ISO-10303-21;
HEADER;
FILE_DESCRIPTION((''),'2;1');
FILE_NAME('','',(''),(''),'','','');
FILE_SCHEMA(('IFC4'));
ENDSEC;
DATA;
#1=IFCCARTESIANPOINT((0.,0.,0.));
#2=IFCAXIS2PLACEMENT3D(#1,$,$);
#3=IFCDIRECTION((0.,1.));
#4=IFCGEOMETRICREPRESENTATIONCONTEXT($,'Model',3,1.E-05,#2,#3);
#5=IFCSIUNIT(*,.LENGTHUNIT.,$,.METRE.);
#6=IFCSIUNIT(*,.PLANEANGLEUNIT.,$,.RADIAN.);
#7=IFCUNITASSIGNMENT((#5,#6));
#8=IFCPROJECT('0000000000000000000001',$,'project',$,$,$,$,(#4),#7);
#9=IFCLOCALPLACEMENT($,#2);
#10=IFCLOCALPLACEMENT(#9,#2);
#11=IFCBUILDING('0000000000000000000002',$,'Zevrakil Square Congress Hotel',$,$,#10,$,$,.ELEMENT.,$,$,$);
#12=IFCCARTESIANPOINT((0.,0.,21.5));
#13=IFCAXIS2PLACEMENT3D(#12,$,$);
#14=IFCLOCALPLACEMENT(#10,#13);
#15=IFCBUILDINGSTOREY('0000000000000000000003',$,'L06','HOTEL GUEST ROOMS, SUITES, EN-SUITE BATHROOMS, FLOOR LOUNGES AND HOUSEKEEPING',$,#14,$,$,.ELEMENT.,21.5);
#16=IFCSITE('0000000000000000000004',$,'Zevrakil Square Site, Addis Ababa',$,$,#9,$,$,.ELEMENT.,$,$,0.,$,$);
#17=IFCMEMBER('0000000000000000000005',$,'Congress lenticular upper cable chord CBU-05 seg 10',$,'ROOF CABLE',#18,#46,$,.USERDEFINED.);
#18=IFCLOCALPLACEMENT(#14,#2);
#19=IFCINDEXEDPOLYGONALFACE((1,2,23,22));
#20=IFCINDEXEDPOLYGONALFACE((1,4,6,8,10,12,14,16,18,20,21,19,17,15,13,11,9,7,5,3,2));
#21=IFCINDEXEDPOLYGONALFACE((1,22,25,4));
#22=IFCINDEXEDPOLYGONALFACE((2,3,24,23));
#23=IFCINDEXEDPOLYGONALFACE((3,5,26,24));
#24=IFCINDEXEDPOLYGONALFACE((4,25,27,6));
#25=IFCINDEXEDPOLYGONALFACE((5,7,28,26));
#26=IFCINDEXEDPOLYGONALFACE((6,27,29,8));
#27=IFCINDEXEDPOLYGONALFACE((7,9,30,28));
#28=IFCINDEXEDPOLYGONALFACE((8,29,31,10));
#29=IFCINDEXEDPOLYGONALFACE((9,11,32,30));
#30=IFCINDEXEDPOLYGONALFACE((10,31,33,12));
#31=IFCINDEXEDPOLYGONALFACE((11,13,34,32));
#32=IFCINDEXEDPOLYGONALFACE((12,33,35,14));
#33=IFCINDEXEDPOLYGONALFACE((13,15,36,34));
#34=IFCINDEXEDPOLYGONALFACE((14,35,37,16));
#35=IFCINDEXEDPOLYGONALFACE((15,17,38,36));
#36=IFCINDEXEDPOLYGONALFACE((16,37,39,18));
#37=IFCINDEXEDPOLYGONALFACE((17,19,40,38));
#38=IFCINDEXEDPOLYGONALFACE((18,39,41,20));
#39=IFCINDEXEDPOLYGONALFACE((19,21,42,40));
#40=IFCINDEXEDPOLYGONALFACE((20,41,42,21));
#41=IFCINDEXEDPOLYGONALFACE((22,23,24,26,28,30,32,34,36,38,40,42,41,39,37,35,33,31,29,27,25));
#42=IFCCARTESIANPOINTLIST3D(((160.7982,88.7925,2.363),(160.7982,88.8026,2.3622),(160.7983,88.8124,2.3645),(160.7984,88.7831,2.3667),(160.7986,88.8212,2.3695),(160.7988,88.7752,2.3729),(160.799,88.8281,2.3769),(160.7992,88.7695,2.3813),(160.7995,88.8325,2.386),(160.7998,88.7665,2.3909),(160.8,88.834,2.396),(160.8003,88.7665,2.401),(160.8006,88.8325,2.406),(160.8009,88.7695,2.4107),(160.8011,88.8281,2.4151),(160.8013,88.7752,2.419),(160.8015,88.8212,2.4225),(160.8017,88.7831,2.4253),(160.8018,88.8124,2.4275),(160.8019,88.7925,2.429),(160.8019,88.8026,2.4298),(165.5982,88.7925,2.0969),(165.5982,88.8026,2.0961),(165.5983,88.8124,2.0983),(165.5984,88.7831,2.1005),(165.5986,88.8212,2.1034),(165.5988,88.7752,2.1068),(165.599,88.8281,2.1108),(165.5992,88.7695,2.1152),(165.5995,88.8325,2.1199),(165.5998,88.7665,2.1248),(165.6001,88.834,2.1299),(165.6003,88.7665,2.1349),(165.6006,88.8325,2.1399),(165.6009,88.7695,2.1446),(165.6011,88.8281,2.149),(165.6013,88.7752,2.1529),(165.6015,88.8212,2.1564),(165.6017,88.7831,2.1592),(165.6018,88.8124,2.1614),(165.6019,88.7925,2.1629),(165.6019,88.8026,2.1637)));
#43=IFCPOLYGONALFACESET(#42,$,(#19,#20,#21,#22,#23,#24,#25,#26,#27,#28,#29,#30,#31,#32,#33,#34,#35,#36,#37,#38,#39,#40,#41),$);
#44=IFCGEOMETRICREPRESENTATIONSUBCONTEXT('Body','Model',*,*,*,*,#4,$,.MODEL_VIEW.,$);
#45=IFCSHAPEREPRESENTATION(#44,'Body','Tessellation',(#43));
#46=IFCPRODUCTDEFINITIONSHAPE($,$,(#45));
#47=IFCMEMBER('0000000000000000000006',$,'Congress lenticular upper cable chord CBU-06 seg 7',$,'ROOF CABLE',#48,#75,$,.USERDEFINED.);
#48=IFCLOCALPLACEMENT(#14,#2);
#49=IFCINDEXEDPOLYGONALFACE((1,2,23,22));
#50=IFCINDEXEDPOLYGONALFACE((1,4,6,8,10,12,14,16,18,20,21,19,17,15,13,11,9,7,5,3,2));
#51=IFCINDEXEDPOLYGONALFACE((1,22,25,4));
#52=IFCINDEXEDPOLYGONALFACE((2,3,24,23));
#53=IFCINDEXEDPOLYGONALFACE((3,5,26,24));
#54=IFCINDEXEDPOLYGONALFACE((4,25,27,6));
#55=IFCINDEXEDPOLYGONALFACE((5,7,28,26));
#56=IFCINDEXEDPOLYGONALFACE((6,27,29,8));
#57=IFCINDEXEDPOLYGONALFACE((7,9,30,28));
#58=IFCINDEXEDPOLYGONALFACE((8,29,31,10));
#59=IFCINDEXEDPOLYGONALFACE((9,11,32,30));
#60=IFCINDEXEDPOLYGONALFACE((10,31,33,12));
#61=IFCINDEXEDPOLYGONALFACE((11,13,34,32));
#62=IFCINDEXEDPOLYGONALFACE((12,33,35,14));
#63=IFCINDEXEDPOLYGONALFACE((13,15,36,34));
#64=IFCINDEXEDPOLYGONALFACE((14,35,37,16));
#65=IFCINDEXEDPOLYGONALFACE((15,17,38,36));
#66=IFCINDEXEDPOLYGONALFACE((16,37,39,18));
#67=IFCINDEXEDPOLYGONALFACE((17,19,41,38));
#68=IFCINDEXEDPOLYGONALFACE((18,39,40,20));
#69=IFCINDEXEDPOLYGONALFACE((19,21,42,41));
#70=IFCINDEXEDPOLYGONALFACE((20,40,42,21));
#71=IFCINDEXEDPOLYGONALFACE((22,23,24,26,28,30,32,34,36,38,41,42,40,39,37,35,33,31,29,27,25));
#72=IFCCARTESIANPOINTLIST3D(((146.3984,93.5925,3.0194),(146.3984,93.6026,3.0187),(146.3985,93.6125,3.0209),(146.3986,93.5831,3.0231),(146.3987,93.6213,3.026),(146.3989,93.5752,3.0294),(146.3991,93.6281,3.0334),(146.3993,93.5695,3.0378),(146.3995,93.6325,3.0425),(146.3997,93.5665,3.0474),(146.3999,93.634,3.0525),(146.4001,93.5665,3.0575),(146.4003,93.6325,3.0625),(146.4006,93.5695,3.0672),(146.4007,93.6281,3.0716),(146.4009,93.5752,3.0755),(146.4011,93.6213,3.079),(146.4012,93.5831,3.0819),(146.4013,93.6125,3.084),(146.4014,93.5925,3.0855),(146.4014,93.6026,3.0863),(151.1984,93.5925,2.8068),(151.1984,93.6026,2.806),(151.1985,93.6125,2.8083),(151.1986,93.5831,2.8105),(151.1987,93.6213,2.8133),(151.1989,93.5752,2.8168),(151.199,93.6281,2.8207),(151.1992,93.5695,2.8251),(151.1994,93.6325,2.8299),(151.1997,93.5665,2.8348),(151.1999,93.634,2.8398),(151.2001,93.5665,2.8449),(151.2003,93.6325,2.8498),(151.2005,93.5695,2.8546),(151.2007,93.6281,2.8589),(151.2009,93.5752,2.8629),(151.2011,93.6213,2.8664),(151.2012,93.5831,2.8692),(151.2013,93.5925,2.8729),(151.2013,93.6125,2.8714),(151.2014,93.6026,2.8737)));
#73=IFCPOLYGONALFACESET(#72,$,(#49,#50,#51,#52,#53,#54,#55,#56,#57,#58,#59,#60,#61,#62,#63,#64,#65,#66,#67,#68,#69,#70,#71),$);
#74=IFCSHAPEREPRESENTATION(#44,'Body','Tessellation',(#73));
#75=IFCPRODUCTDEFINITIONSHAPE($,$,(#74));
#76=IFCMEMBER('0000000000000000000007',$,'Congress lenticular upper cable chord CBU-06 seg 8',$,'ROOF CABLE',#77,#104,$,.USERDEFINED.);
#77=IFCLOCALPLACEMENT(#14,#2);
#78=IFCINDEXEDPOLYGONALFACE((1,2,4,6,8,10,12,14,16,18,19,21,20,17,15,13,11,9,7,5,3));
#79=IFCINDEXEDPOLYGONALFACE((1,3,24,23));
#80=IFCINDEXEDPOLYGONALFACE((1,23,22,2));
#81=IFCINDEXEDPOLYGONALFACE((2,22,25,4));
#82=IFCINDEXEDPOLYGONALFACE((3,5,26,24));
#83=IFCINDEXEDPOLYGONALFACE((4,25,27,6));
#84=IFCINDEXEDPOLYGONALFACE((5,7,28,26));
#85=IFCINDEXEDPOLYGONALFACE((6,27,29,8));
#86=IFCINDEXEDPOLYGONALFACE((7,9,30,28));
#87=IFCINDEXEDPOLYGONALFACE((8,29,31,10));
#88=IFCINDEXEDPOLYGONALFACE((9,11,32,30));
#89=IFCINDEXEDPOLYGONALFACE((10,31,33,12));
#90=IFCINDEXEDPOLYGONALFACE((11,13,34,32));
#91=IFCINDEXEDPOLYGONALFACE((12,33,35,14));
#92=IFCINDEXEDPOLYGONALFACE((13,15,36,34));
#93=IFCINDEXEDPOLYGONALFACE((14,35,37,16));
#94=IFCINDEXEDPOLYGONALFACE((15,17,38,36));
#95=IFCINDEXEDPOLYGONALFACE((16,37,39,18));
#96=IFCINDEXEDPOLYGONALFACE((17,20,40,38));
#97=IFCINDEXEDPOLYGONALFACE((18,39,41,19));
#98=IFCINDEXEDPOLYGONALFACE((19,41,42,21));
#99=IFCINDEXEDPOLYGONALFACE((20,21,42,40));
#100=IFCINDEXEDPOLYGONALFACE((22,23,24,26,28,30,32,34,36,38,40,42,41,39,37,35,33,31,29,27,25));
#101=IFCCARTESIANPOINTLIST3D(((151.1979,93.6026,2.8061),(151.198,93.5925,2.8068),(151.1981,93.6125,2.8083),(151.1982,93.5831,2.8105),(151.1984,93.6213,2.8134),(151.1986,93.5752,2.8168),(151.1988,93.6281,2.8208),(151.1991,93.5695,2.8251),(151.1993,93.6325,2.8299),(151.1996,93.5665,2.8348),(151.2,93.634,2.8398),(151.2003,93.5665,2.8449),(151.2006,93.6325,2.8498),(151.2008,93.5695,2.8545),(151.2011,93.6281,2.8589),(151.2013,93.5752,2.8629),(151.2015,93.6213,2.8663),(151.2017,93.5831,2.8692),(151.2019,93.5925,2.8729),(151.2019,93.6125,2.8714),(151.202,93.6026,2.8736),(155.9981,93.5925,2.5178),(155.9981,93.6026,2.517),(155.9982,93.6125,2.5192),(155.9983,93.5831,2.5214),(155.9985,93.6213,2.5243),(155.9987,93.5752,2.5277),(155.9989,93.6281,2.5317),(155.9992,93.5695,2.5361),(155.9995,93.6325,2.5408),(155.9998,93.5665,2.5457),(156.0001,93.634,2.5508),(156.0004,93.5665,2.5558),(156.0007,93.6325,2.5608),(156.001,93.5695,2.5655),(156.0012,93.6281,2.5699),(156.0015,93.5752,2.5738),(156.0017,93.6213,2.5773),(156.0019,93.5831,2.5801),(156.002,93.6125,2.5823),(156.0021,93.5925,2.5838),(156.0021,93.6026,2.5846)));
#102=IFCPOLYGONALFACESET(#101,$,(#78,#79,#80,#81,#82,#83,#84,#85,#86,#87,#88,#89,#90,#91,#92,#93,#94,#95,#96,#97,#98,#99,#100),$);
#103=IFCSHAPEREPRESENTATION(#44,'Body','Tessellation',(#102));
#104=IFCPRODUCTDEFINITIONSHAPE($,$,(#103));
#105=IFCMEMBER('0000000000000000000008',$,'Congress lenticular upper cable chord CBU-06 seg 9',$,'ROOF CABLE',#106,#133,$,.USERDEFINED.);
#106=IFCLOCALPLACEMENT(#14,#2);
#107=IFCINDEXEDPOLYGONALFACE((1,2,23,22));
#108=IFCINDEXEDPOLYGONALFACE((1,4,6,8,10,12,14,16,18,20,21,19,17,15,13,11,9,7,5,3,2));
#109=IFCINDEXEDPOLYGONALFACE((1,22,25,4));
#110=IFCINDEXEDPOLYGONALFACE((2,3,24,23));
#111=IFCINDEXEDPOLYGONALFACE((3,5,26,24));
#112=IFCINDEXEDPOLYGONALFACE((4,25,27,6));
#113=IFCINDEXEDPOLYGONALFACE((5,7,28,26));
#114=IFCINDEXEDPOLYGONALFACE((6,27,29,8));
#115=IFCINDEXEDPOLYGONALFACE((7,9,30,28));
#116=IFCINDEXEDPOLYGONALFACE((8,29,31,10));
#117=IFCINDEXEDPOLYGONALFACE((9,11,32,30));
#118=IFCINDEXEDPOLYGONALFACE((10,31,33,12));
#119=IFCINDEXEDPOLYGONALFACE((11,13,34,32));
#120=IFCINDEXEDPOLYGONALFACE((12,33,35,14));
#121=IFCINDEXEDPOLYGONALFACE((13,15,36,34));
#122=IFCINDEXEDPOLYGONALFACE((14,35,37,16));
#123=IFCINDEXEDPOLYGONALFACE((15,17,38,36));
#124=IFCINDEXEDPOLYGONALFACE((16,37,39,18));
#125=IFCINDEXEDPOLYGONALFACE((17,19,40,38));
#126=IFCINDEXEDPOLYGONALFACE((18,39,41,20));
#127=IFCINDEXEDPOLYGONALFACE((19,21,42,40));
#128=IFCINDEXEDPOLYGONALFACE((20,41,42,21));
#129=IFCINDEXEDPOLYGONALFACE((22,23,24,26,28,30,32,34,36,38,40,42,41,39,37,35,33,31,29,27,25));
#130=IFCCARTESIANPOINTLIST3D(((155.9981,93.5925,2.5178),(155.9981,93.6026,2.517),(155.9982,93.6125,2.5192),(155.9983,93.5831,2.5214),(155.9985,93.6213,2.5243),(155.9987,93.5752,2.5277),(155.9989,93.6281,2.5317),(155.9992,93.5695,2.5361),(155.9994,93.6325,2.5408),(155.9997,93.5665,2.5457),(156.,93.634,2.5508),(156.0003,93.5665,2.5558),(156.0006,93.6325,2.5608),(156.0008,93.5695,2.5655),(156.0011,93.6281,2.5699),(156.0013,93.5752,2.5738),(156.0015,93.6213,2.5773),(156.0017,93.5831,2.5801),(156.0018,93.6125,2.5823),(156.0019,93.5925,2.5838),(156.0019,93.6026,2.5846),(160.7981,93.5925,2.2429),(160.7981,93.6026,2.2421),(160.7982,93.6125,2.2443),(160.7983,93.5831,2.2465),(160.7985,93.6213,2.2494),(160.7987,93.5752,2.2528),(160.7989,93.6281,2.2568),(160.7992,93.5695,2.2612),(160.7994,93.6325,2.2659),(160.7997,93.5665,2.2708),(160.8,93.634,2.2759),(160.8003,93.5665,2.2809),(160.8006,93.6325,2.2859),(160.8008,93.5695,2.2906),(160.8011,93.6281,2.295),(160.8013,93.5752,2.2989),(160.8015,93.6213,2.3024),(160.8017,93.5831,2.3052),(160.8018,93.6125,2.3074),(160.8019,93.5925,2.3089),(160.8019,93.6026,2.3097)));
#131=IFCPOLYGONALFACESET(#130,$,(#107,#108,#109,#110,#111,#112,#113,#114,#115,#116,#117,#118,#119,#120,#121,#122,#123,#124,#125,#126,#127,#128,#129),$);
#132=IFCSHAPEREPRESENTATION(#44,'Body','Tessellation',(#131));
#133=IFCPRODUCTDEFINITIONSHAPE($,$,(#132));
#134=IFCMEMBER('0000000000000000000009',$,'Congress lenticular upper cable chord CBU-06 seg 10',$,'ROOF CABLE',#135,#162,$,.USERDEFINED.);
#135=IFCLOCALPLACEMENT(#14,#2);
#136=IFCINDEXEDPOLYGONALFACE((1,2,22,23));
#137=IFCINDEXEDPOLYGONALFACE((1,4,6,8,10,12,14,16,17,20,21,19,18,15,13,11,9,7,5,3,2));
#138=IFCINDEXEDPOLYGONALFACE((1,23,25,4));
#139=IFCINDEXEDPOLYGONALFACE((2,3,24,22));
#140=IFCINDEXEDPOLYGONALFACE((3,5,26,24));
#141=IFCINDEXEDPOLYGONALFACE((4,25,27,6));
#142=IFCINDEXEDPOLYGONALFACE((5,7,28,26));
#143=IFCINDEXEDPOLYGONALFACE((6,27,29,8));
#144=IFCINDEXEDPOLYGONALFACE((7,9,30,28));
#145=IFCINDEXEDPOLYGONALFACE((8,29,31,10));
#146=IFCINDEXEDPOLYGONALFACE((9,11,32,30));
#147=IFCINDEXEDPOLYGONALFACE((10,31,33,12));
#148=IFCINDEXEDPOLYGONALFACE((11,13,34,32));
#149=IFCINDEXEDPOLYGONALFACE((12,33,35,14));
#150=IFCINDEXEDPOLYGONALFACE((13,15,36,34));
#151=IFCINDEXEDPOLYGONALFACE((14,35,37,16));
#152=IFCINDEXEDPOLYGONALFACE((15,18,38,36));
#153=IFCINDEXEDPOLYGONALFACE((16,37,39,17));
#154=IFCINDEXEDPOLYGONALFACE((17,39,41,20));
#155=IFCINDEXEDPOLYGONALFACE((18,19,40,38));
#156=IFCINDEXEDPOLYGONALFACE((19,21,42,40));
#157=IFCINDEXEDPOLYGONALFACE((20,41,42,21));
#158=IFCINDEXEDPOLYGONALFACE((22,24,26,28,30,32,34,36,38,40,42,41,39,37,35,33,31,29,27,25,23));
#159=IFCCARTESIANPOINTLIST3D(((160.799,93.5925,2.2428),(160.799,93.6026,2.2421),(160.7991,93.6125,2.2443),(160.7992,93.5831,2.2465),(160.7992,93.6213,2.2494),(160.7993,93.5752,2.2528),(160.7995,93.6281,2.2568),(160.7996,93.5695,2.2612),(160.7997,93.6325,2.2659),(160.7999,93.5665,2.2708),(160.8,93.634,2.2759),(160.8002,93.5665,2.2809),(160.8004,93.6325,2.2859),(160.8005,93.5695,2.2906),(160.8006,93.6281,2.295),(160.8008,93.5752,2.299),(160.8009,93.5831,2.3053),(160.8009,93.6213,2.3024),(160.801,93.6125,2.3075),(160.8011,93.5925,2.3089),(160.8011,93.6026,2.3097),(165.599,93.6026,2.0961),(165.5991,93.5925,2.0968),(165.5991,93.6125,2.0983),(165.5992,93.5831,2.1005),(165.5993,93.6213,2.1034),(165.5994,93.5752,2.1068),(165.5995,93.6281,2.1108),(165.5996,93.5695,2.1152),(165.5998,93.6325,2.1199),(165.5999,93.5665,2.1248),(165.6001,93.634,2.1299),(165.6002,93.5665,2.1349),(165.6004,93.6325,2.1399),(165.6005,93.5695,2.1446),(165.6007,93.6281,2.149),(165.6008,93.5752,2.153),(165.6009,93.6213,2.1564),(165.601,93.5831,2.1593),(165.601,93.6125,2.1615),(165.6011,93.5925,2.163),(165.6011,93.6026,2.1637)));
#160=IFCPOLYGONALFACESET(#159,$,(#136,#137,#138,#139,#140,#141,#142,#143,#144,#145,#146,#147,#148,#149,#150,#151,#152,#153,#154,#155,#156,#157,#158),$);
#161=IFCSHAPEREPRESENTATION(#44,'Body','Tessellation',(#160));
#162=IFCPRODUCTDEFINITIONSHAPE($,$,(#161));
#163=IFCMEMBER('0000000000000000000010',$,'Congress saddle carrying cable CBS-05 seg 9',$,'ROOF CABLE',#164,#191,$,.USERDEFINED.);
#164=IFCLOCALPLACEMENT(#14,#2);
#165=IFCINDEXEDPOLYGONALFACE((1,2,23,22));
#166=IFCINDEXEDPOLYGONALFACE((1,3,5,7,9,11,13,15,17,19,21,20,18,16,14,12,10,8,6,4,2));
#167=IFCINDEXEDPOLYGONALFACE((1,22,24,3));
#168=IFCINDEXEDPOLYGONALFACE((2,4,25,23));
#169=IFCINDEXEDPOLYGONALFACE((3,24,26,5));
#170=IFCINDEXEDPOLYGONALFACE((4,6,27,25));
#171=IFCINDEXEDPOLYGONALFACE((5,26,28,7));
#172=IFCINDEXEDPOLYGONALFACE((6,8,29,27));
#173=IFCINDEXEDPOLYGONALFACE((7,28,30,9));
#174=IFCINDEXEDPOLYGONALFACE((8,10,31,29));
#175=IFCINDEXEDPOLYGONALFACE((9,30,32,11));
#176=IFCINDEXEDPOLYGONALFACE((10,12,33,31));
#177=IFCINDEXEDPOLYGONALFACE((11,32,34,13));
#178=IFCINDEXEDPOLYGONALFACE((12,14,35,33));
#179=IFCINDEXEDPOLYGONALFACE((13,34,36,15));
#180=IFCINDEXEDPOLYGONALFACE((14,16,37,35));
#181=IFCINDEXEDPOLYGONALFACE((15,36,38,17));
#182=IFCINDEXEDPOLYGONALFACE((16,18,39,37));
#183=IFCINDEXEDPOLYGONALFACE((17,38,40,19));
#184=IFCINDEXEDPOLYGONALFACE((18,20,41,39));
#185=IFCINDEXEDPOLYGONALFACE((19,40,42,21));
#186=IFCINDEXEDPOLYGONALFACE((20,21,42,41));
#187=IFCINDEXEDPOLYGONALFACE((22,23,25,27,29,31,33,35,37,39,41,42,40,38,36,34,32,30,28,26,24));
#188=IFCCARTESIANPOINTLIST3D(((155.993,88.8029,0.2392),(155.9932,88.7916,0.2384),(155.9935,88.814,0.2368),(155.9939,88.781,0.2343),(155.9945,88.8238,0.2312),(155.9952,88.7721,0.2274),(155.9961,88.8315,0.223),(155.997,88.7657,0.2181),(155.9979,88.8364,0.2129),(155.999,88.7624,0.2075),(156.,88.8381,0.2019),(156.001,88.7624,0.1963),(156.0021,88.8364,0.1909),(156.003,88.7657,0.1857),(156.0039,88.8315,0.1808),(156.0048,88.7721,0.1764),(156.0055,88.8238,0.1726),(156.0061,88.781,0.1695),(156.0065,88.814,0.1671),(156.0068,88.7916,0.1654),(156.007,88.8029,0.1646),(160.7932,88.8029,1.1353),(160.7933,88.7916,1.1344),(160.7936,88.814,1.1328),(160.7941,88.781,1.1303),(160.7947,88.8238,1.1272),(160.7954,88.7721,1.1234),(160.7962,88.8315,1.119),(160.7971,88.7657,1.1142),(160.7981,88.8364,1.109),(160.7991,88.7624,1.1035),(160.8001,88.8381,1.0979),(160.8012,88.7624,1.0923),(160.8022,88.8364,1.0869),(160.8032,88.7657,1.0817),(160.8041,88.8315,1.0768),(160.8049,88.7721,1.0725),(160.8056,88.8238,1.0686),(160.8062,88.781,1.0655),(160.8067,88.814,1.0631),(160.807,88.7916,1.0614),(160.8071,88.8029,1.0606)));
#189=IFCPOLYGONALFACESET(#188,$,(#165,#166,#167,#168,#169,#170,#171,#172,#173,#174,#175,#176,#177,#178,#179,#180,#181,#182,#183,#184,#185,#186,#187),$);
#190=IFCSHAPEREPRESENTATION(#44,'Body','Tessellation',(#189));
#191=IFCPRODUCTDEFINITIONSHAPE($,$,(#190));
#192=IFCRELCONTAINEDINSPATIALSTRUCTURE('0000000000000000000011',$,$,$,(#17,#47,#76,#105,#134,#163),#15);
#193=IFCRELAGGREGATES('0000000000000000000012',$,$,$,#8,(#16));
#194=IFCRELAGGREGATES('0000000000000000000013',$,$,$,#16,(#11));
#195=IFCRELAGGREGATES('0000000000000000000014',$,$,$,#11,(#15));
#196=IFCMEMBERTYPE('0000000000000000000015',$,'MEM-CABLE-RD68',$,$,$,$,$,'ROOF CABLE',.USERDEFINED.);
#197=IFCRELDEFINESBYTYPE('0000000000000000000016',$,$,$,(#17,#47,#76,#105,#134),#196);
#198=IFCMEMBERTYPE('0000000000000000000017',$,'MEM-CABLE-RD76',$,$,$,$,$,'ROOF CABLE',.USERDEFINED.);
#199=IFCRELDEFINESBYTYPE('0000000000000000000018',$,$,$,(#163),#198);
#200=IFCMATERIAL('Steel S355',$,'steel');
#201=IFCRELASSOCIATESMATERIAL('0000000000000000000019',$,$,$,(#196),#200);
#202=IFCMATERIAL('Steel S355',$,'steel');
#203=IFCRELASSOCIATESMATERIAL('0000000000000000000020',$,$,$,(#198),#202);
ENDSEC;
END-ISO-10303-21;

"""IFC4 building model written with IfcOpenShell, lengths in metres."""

from ifc_helpers import new_model, si_unit, direction, frame, origin, origin_2d, place, context, subcontext, project, spatial, circle, extrude, material, material_profile, profile_set, type_object, element, save


model = new_model("IFC4")

# Units and contexts
model_context = context("Model", 3, precision=1e-05, world=origin(), true_north=direction((0.0, 1.0)))
body_context = subcontext(model_context, "Body", "Model", "MODEL_VIEW")
ifc_project = project(units=[si_unit("LENGTHUNIT", "METRE"), si_unit("PLANEANGLEUNIT", "RADIAN")], contexts=[model_context])

# Site, building, storey
site_placement = place(None, origin())
site = spatial("IfcSite", under=ifc_project, at=site_placement, Name="Zevrakil Square Site, Addis Ababa", CompositionType="ELEMENT", RefElevation=0.0)
building_placement = place(site_placement, origin())
building = spatial("IfcBuilding", under=site, at=building_placement, Name="Zevrakil Square Congress Hotel", CompositionType="ELEMENT")
storey_placement = place(building_placement, frame((0.0, 0.0, 21.5)))
storey = spatial("IfcBuildingStorey", under=building, at=storey_placement, Name="L06", Description="HOTEL GUEST ROOMS, SUITES, EN-SUITE BATHROOMS, FLOOR LOUNGES AND HOUSEKEEPING", CompositionType="ELEMENT", Elevation=21.5)

# Members
ifc_material_1 = material(Name="Steel S355", Category="steel")
ifc_material_profile_1 = material_profile(ifc_material_1, circle(Radius=0.0339, at=origin_2d()), Name="CABLE RD68")
ifc_profile_set_1 = profile_set([ifc_material_profile_1], Name="Steel S355")
member_type_1 = type_object("IfcMemberType", Name="MEM-CABLE-RD68", ElementType="ROOF CABLE", PredefinedType="USERDEFINED", material=ifc_profile_set_1)
member_1_placement = place(storey_placement, frame((160.8, 88.8, 2.396), z_axis=(0.998467, 0.0, -0.055355), x_axis=(0.0, 1.0, 0.0)))
element("IfcMember", 1, at=member_1_placement, inside=storey, type_object=member_type_1, Name="Congress lenticular upper cable chord CBU-05 seg 10", ObjectType="ROOF CABLE", PredefinedType="USERDEFINED", context=body_context, shape_type="SweptSolid", body=[
    extrude(circle(Radius=0.0339, at=origin_2d()), origin(), (0.0, 0.0, 1.0), 4.8074),
])
member_2_placement = place(storey_placement, frame((146.3999, 93.6001, 3.0525), z_axis=(0.99902, 0.0, -0.044257), x_axis=(0.0, 1.0, 0.0)))
element("IfcMember", 2, at=member_2_placement, inside=storey, type_object=member_type_1, Name="Congress lenticular upper cable chord CBU-06 seg 7", ObjectType="ROOF CABLE", PredefinedType="USERDEFINED", context=body_context, shape_type="SweptSolid", body=[
    extrude(circle(Radius=0.0339, at=origin_2d()), origin(), (0.0, 0.0, 1.0), 4.8047),
])
member_3_placement = place(storey_placement, frame((151.2, 93.6001, 2.8398), z_axis=(0.998192, 0.0, -0.060112), x_axis=(0.0, 1.0, 0.0)))
element("IfcMember", 3, at=member_3_placement, inside=storey, type_object=member_type_1, Name="Congress lenticular upper cable chord CBU-06 seg 8", ObjectType="ROOF CABLE", PredefinedType="USERDEFINED", context=body_context, shape_type="SweptSolid", body=[
    extrude(circle(Radius=0.0339, at=origin_2d()), origin(), (0.0, 0.0, 1.0), 4.8088),
])
member_4_placement = place(storey_placement, frame((156.0, 93.6001, 2.5508), z_axis=(0.998364, 0.0, -0.057177), x_axis=(0.0, 1.0, 0.0)))
element("IfcMember", 4, at=member_4_placement, inside=storey, type_object=member_type_1, Name="Congress lenticular upper cable chord CBU-06 seg 9", ObjectType="ROOF CABLE", PredefinedType="USERDEFINED", context=body_context, shape_type="SweptSolid", body=[
    extrude(circle(Radius=0.0339, at=origin_2d()), origin(), (0.0, 0.0, 1.0), 4.8079),
])
member_5_placement = place(storey_placement, frame((160.8, 93.6001, 2.2759), z_axis=(0.999538, 0.0, -0.030401), x_axis=(0.0, 1.0, 0.0)))
element("IfcMember", 5, at=member_5_placement, inside=storey, type_object=member_type_1, Name="Congress lenticular upper cable chord CBU-06 seg 10", ObjectType="ROOF CABLE", PredefinedType="USERDEFINED", context=body_context, shape_type="SweptSolid", body=[
    extrude(circle(Radius=0.0339, at=origin_2d()), origin(), (0.0, 0.0, 1.0), 4.8022),
])
ifc_material_2 = material(Name="Steel S355", Category="steel")
ifc_material_profile_2 = material_profile(ifc_material_2, circle(Radius=0.0381, at=origin_2d()), Name="CABLE RD76")
ifc_profile_set_2 = profile_set([ifc_material_profile_2], Name="Steel S355")
member_type_2 = type_object("IfcMemberType", Name="MEM-CABLE-RD76", ElementType="ROOF CABLE", PredefinedType="USERDEFINED", material=ifc_profile_set_2)
member_6_placement = place(storey_placement, frame((156.0, 88.8, 0.2019), z_axis=(0.983021, 0.0, 0.183495), x_axis=(0.0, 1.0, 0.0)))
element("IfcMember", 6, at=member_6_placement, inside=storey, type_object=member_type_2, Name="Congress saddle carrying cable CBS-05 seg 9", ObjectType="ROOF CABLE", PredefinedType="USERDEFINED", context=body_context, shape_type="SweptSolid", body=[
    extrude(circle(Radius=0.0381, at=origin_2d()), origin(), (0.0, 0.0, 1.0), 4.8831),
])

save(model, "model.ifc")
